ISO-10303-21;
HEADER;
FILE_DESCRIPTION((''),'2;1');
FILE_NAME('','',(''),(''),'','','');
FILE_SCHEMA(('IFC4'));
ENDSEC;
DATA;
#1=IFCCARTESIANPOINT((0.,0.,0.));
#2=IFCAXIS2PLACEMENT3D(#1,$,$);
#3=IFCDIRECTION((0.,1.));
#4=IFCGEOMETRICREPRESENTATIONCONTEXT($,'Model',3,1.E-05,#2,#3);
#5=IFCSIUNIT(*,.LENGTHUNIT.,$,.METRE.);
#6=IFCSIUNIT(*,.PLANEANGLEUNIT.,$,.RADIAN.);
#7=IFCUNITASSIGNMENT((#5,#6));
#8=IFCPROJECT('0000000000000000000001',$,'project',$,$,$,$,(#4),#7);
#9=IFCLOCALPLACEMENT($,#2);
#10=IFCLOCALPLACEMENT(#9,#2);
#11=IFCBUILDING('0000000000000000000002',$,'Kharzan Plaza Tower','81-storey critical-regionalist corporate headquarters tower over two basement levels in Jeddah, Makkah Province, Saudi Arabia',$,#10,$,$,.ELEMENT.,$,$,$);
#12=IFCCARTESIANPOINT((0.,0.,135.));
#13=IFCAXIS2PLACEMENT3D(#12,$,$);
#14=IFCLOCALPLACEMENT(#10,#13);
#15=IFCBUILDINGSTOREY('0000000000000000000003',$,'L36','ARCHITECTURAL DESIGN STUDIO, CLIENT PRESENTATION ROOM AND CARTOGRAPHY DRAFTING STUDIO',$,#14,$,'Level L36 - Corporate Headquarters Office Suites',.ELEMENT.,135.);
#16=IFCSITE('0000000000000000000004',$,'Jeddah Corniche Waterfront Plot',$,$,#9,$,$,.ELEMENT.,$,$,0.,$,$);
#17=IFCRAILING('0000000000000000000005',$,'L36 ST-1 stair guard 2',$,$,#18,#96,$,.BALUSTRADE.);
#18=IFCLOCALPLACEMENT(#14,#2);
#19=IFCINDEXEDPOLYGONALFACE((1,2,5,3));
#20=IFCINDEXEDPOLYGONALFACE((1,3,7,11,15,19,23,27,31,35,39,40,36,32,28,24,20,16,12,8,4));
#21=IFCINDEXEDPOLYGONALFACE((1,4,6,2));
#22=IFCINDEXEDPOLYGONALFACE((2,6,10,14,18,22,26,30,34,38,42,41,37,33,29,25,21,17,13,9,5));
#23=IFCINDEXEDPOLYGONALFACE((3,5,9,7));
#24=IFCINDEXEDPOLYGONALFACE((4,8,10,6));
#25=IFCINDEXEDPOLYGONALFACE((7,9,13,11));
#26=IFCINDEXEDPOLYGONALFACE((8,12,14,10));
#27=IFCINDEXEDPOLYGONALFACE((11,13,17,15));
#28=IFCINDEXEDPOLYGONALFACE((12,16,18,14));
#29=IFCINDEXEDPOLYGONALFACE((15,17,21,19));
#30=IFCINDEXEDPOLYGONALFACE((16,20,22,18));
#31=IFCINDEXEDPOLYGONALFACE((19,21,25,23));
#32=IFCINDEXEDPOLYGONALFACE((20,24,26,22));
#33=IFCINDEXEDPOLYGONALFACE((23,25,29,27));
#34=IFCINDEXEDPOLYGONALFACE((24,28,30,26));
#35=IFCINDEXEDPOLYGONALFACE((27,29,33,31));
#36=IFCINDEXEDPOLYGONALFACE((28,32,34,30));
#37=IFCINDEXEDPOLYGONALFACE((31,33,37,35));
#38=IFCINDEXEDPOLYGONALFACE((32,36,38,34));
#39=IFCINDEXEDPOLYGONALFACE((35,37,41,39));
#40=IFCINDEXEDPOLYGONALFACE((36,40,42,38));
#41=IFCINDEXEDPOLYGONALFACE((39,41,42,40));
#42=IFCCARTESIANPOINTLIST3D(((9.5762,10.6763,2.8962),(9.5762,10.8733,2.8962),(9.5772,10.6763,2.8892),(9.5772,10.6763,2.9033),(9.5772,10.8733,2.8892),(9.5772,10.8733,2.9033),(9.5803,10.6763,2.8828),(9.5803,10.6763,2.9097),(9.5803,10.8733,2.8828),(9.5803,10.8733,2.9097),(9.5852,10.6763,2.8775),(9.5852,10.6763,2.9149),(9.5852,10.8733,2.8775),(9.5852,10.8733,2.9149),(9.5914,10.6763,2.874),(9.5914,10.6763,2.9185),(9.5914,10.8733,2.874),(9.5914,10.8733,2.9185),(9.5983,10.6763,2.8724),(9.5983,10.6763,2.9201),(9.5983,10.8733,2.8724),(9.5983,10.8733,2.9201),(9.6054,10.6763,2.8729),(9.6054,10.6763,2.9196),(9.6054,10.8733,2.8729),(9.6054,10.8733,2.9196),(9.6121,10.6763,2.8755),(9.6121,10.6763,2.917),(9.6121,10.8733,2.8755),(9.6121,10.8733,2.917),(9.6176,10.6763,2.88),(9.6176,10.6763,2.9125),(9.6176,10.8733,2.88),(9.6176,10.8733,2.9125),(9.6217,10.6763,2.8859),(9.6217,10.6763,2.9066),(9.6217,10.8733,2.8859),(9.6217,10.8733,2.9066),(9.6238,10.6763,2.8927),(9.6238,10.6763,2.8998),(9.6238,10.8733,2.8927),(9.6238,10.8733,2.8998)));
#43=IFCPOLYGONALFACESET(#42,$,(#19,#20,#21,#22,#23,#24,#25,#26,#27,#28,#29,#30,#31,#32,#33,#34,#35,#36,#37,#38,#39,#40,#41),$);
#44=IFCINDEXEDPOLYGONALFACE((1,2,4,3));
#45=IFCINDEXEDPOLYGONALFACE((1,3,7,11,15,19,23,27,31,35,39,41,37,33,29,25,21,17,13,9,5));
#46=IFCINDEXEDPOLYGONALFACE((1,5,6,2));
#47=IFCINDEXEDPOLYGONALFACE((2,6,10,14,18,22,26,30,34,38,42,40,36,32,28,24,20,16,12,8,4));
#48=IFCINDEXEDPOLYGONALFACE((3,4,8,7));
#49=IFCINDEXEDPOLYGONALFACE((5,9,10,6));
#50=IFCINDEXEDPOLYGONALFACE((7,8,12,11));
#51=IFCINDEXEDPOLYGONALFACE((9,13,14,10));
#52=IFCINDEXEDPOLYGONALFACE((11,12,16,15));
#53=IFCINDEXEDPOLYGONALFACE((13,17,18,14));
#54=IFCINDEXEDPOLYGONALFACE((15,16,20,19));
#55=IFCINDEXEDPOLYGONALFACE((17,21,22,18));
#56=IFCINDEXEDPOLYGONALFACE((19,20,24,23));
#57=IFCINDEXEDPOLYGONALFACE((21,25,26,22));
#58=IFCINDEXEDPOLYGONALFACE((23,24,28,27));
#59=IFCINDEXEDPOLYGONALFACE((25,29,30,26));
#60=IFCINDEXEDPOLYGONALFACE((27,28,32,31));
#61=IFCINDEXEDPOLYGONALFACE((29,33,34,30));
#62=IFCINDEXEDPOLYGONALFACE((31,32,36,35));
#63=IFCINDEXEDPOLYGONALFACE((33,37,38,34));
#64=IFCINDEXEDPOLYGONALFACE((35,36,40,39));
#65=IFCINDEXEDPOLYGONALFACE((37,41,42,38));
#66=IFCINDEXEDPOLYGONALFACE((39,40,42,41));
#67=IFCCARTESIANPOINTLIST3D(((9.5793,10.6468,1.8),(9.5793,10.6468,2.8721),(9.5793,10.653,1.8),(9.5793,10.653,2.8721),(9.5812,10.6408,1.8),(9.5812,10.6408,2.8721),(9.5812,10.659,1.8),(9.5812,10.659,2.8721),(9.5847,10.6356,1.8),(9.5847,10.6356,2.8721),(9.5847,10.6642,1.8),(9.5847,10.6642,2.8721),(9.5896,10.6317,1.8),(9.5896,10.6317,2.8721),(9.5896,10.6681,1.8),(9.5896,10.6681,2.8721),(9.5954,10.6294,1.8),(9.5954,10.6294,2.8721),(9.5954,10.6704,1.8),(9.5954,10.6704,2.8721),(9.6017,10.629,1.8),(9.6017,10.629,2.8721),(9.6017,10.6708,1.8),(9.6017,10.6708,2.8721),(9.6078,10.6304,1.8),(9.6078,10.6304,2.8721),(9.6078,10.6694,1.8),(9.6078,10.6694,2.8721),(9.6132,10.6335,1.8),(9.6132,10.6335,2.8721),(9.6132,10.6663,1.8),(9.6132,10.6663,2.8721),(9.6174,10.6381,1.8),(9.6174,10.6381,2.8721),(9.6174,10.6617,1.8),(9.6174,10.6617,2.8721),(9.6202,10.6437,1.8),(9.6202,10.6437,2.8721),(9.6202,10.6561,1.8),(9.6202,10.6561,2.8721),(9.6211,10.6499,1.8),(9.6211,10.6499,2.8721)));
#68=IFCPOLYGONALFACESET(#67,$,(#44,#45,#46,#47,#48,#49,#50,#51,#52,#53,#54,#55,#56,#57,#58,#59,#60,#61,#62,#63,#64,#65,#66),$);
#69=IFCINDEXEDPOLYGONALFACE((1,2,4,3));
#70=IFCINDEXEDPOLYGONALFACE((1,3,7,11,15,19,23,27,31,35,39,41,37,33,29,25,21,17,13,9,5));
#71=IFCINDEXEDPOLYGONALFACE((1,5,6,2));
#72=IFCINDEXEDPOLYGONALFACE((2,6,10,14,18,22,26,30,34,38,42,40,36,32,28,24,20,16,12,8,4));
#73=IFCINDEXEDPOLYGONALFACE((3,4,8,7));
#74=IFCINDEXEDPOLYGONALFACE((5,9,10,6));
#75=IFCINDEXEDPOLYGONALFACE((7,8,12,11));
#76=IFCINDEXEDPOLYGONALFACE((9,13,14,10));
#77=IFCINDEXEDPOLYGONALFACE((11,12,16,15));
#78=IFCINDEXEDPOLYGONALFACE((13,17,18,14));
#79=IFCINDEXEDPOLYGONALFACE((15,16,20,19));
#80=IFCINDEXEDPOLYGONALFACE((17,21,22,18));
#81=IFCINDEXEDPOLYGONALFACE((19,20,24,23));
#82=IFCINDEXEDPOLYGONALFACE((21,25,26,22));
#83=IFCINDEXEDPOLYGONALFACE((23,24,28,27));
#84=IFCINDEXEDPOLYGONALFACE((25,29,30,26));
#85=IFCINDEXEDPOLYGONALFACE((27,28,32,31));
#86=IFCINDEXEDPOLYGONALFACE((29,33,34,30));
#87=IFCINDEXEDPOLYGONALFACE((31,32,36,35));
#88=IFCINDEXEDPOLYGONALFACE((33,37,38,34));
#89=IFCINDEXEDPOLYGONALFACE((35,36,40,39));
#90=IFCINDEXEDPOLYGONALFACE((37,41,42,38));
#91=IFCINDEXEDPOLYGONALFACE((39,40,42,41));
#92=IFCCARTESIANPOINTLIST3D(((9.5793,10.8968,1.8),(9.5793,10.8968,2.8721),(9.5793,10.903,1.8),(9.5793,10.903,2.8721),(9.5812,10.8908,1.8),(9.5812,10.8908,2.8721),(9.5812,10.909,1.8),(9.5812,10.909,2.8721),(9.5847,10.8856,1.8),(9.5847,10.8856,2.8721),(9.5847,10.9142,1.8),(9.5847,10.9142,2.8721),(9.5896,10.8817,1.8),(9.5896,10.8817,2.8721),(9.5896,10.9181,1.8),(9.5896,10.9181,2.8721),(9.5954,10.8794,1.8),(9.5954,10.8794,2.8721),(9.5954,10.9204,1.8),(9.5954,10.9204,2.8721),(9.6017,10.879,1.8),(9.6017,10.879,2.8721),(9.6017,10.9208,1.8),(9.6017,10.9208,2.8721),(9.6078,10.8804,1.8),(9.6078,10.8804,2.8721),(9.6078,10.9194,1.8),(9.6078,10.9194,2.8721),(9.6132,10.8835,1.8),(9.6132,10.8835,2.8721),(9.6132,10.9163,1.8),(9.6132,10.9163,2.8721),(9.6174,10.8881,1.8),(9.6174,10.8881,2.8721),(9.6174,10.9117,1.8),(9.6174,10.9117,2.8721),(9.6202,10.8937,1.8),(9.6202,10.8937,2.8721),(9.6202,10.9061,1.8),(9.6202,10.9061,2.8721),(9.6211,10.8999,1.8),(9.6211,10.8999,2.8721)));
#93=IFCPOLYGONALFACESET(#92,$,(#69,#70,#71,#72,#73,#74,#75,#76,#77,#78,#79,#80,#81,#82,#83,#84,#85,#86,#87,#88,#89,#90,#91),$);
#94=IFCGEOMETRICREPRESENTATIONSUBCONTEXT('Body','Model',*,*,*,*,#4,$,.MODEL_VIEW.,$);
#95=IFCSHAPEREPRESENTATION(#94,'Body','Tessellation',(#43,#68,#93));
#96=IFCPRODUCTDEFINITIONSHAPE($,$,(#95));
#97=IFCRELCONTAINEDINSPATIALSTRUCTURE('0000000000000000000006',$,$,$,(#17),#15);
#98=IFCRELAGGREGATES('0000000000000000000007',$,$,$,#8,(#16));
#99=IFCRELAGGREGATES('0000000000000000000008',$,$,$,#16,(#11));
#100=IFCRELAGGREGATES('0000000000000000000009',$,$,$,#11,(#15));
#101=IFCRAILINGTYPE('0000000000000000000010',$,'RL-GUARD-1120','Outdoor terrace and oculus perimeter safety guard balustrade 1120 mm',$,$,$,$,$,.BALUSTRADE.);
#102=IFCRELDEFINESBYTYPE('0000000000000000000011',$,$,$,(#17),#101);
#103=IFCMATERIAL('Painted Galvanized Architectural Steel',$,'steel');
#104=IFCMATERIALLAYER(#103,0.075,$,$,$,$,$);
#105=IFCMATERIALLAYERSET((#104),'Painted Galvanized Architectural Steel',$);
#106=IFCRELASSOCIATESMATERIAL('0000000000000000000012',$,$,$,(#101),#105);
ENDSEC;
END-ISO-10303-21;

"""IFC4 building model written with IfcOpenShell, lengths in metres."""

from ifc_helpers import new_model, si_unit, direction, frame, origin, origin_2d, place, context, subcontext, project, spatial, circle, extrude, source, transform, mapped, material, layer, layer_set, type_object, element, save


model = new_model("IFC4")

# Units and contexts
model_context = context("Model", 3, precision=1e-05, world=origin(), true_north=direction((0.0, 1.0)))
body_context = subcontext(model_context, "Body", "Model", "MODEL_VIEW")
ifc_project = project(units=[si_unit("LENGTHUNIT", "METRE"), si_unit("PLANEANGLEUNIT", "RADIAN")], contexts=[model_context])

# Site, building, storey
site_placement = place(None, origin())
site = spatial("IfcSite", under=ifc_project, at=site_placement, Name="Jeddah Corniche Waterfront Plot", CompositionType="ELEMENT", RefElevation=0.0)
building_placement = place(site_placement, origin())
building = spatial("IfcBuilding", under=site, at=building_placement, Name="Kharzan Plaza Tower", Description="81-storey critical-regionalist corporate headquarters tower over two basement levels in Jeddah, Makkah Province, Saudi Arabia", CompositionType="ELEMENT")
storey_placement = place(building_placement, frame((0.0, 0.0, 135.0)))
storey = spatial("IfcBuildingStorey", under=building, at=storey_placement, Name="L36", Description="ARCHITECTURAL DESIGN STUDIO, CLIENT PRESENTATION ROOM AND CARTOGRAPHY DRAFTING STUDIO", LongName="Level L36 - Corporate Headquarters Office Suites", CompositionType="ELEMENT", Elevation=135.0)

# Railing
ifc_material_1 = material(Name="Painted Galvanized Architectural Steel", Category="steel")
ifc_layer_1 = layer(ifc_material_1, 0.075)
ifc_layer_set_1 = layer_set([ifc_layer_1], Name="Painted Galvanized Architectural Steel")
railing_type_1 = type_object("IfcRailingType", Name="RL-GUARD-1120", Description="Outdoor terrace and oculus perimeter safety guard balustrade 1120 mm", PredefinedType="BALUSTRADE", material=ifc_layer_set_1)
shared_shape_1 = source(origin(), body_context, "Body", "SweptSolid", [
    extrude(circle(Radius=0.0239, at=origin_2d()), frame((0.0, 0.0264, 1.0962), z_axis=(0.0, 1.0, 0.0), x_axis=(-1.0, 0.0, 0.0)), (0.0, 0.0, 1.0), 0.197),
    extrude(circle(Radius=0.021, at=origin_2d()), origin(), (0.0, 0.0, 1.0), 1.072),
    extrude(circle(Radius=0.021, at=origin_2d()), frame((0.0, 0.25, 0.0)), (0.0, 0.0, 1.0), 1.072),
])
railing_1_placement = place(storey_placement, frame((9.6001, 10.6499, 1.8)))
element("IfcRailing", 1, at=railing_1_placement, inside=storey, type_object=railing_type_1, Name="L36 ST-1 stair guard 2", PredefinedType="BALUSTRADE", context=body_context, shape_type="MappedRepresentation", body=[
    mapped(shared_shape_1, transform((0.0, 0.0, 0.0), x_axis=(1.0, 0.0, 0.0), y_axis=(0.0, 1.0, 0.0), z_axis=(0.0, 0.0, 1.0))),
])

save(model, "model.ifc")
